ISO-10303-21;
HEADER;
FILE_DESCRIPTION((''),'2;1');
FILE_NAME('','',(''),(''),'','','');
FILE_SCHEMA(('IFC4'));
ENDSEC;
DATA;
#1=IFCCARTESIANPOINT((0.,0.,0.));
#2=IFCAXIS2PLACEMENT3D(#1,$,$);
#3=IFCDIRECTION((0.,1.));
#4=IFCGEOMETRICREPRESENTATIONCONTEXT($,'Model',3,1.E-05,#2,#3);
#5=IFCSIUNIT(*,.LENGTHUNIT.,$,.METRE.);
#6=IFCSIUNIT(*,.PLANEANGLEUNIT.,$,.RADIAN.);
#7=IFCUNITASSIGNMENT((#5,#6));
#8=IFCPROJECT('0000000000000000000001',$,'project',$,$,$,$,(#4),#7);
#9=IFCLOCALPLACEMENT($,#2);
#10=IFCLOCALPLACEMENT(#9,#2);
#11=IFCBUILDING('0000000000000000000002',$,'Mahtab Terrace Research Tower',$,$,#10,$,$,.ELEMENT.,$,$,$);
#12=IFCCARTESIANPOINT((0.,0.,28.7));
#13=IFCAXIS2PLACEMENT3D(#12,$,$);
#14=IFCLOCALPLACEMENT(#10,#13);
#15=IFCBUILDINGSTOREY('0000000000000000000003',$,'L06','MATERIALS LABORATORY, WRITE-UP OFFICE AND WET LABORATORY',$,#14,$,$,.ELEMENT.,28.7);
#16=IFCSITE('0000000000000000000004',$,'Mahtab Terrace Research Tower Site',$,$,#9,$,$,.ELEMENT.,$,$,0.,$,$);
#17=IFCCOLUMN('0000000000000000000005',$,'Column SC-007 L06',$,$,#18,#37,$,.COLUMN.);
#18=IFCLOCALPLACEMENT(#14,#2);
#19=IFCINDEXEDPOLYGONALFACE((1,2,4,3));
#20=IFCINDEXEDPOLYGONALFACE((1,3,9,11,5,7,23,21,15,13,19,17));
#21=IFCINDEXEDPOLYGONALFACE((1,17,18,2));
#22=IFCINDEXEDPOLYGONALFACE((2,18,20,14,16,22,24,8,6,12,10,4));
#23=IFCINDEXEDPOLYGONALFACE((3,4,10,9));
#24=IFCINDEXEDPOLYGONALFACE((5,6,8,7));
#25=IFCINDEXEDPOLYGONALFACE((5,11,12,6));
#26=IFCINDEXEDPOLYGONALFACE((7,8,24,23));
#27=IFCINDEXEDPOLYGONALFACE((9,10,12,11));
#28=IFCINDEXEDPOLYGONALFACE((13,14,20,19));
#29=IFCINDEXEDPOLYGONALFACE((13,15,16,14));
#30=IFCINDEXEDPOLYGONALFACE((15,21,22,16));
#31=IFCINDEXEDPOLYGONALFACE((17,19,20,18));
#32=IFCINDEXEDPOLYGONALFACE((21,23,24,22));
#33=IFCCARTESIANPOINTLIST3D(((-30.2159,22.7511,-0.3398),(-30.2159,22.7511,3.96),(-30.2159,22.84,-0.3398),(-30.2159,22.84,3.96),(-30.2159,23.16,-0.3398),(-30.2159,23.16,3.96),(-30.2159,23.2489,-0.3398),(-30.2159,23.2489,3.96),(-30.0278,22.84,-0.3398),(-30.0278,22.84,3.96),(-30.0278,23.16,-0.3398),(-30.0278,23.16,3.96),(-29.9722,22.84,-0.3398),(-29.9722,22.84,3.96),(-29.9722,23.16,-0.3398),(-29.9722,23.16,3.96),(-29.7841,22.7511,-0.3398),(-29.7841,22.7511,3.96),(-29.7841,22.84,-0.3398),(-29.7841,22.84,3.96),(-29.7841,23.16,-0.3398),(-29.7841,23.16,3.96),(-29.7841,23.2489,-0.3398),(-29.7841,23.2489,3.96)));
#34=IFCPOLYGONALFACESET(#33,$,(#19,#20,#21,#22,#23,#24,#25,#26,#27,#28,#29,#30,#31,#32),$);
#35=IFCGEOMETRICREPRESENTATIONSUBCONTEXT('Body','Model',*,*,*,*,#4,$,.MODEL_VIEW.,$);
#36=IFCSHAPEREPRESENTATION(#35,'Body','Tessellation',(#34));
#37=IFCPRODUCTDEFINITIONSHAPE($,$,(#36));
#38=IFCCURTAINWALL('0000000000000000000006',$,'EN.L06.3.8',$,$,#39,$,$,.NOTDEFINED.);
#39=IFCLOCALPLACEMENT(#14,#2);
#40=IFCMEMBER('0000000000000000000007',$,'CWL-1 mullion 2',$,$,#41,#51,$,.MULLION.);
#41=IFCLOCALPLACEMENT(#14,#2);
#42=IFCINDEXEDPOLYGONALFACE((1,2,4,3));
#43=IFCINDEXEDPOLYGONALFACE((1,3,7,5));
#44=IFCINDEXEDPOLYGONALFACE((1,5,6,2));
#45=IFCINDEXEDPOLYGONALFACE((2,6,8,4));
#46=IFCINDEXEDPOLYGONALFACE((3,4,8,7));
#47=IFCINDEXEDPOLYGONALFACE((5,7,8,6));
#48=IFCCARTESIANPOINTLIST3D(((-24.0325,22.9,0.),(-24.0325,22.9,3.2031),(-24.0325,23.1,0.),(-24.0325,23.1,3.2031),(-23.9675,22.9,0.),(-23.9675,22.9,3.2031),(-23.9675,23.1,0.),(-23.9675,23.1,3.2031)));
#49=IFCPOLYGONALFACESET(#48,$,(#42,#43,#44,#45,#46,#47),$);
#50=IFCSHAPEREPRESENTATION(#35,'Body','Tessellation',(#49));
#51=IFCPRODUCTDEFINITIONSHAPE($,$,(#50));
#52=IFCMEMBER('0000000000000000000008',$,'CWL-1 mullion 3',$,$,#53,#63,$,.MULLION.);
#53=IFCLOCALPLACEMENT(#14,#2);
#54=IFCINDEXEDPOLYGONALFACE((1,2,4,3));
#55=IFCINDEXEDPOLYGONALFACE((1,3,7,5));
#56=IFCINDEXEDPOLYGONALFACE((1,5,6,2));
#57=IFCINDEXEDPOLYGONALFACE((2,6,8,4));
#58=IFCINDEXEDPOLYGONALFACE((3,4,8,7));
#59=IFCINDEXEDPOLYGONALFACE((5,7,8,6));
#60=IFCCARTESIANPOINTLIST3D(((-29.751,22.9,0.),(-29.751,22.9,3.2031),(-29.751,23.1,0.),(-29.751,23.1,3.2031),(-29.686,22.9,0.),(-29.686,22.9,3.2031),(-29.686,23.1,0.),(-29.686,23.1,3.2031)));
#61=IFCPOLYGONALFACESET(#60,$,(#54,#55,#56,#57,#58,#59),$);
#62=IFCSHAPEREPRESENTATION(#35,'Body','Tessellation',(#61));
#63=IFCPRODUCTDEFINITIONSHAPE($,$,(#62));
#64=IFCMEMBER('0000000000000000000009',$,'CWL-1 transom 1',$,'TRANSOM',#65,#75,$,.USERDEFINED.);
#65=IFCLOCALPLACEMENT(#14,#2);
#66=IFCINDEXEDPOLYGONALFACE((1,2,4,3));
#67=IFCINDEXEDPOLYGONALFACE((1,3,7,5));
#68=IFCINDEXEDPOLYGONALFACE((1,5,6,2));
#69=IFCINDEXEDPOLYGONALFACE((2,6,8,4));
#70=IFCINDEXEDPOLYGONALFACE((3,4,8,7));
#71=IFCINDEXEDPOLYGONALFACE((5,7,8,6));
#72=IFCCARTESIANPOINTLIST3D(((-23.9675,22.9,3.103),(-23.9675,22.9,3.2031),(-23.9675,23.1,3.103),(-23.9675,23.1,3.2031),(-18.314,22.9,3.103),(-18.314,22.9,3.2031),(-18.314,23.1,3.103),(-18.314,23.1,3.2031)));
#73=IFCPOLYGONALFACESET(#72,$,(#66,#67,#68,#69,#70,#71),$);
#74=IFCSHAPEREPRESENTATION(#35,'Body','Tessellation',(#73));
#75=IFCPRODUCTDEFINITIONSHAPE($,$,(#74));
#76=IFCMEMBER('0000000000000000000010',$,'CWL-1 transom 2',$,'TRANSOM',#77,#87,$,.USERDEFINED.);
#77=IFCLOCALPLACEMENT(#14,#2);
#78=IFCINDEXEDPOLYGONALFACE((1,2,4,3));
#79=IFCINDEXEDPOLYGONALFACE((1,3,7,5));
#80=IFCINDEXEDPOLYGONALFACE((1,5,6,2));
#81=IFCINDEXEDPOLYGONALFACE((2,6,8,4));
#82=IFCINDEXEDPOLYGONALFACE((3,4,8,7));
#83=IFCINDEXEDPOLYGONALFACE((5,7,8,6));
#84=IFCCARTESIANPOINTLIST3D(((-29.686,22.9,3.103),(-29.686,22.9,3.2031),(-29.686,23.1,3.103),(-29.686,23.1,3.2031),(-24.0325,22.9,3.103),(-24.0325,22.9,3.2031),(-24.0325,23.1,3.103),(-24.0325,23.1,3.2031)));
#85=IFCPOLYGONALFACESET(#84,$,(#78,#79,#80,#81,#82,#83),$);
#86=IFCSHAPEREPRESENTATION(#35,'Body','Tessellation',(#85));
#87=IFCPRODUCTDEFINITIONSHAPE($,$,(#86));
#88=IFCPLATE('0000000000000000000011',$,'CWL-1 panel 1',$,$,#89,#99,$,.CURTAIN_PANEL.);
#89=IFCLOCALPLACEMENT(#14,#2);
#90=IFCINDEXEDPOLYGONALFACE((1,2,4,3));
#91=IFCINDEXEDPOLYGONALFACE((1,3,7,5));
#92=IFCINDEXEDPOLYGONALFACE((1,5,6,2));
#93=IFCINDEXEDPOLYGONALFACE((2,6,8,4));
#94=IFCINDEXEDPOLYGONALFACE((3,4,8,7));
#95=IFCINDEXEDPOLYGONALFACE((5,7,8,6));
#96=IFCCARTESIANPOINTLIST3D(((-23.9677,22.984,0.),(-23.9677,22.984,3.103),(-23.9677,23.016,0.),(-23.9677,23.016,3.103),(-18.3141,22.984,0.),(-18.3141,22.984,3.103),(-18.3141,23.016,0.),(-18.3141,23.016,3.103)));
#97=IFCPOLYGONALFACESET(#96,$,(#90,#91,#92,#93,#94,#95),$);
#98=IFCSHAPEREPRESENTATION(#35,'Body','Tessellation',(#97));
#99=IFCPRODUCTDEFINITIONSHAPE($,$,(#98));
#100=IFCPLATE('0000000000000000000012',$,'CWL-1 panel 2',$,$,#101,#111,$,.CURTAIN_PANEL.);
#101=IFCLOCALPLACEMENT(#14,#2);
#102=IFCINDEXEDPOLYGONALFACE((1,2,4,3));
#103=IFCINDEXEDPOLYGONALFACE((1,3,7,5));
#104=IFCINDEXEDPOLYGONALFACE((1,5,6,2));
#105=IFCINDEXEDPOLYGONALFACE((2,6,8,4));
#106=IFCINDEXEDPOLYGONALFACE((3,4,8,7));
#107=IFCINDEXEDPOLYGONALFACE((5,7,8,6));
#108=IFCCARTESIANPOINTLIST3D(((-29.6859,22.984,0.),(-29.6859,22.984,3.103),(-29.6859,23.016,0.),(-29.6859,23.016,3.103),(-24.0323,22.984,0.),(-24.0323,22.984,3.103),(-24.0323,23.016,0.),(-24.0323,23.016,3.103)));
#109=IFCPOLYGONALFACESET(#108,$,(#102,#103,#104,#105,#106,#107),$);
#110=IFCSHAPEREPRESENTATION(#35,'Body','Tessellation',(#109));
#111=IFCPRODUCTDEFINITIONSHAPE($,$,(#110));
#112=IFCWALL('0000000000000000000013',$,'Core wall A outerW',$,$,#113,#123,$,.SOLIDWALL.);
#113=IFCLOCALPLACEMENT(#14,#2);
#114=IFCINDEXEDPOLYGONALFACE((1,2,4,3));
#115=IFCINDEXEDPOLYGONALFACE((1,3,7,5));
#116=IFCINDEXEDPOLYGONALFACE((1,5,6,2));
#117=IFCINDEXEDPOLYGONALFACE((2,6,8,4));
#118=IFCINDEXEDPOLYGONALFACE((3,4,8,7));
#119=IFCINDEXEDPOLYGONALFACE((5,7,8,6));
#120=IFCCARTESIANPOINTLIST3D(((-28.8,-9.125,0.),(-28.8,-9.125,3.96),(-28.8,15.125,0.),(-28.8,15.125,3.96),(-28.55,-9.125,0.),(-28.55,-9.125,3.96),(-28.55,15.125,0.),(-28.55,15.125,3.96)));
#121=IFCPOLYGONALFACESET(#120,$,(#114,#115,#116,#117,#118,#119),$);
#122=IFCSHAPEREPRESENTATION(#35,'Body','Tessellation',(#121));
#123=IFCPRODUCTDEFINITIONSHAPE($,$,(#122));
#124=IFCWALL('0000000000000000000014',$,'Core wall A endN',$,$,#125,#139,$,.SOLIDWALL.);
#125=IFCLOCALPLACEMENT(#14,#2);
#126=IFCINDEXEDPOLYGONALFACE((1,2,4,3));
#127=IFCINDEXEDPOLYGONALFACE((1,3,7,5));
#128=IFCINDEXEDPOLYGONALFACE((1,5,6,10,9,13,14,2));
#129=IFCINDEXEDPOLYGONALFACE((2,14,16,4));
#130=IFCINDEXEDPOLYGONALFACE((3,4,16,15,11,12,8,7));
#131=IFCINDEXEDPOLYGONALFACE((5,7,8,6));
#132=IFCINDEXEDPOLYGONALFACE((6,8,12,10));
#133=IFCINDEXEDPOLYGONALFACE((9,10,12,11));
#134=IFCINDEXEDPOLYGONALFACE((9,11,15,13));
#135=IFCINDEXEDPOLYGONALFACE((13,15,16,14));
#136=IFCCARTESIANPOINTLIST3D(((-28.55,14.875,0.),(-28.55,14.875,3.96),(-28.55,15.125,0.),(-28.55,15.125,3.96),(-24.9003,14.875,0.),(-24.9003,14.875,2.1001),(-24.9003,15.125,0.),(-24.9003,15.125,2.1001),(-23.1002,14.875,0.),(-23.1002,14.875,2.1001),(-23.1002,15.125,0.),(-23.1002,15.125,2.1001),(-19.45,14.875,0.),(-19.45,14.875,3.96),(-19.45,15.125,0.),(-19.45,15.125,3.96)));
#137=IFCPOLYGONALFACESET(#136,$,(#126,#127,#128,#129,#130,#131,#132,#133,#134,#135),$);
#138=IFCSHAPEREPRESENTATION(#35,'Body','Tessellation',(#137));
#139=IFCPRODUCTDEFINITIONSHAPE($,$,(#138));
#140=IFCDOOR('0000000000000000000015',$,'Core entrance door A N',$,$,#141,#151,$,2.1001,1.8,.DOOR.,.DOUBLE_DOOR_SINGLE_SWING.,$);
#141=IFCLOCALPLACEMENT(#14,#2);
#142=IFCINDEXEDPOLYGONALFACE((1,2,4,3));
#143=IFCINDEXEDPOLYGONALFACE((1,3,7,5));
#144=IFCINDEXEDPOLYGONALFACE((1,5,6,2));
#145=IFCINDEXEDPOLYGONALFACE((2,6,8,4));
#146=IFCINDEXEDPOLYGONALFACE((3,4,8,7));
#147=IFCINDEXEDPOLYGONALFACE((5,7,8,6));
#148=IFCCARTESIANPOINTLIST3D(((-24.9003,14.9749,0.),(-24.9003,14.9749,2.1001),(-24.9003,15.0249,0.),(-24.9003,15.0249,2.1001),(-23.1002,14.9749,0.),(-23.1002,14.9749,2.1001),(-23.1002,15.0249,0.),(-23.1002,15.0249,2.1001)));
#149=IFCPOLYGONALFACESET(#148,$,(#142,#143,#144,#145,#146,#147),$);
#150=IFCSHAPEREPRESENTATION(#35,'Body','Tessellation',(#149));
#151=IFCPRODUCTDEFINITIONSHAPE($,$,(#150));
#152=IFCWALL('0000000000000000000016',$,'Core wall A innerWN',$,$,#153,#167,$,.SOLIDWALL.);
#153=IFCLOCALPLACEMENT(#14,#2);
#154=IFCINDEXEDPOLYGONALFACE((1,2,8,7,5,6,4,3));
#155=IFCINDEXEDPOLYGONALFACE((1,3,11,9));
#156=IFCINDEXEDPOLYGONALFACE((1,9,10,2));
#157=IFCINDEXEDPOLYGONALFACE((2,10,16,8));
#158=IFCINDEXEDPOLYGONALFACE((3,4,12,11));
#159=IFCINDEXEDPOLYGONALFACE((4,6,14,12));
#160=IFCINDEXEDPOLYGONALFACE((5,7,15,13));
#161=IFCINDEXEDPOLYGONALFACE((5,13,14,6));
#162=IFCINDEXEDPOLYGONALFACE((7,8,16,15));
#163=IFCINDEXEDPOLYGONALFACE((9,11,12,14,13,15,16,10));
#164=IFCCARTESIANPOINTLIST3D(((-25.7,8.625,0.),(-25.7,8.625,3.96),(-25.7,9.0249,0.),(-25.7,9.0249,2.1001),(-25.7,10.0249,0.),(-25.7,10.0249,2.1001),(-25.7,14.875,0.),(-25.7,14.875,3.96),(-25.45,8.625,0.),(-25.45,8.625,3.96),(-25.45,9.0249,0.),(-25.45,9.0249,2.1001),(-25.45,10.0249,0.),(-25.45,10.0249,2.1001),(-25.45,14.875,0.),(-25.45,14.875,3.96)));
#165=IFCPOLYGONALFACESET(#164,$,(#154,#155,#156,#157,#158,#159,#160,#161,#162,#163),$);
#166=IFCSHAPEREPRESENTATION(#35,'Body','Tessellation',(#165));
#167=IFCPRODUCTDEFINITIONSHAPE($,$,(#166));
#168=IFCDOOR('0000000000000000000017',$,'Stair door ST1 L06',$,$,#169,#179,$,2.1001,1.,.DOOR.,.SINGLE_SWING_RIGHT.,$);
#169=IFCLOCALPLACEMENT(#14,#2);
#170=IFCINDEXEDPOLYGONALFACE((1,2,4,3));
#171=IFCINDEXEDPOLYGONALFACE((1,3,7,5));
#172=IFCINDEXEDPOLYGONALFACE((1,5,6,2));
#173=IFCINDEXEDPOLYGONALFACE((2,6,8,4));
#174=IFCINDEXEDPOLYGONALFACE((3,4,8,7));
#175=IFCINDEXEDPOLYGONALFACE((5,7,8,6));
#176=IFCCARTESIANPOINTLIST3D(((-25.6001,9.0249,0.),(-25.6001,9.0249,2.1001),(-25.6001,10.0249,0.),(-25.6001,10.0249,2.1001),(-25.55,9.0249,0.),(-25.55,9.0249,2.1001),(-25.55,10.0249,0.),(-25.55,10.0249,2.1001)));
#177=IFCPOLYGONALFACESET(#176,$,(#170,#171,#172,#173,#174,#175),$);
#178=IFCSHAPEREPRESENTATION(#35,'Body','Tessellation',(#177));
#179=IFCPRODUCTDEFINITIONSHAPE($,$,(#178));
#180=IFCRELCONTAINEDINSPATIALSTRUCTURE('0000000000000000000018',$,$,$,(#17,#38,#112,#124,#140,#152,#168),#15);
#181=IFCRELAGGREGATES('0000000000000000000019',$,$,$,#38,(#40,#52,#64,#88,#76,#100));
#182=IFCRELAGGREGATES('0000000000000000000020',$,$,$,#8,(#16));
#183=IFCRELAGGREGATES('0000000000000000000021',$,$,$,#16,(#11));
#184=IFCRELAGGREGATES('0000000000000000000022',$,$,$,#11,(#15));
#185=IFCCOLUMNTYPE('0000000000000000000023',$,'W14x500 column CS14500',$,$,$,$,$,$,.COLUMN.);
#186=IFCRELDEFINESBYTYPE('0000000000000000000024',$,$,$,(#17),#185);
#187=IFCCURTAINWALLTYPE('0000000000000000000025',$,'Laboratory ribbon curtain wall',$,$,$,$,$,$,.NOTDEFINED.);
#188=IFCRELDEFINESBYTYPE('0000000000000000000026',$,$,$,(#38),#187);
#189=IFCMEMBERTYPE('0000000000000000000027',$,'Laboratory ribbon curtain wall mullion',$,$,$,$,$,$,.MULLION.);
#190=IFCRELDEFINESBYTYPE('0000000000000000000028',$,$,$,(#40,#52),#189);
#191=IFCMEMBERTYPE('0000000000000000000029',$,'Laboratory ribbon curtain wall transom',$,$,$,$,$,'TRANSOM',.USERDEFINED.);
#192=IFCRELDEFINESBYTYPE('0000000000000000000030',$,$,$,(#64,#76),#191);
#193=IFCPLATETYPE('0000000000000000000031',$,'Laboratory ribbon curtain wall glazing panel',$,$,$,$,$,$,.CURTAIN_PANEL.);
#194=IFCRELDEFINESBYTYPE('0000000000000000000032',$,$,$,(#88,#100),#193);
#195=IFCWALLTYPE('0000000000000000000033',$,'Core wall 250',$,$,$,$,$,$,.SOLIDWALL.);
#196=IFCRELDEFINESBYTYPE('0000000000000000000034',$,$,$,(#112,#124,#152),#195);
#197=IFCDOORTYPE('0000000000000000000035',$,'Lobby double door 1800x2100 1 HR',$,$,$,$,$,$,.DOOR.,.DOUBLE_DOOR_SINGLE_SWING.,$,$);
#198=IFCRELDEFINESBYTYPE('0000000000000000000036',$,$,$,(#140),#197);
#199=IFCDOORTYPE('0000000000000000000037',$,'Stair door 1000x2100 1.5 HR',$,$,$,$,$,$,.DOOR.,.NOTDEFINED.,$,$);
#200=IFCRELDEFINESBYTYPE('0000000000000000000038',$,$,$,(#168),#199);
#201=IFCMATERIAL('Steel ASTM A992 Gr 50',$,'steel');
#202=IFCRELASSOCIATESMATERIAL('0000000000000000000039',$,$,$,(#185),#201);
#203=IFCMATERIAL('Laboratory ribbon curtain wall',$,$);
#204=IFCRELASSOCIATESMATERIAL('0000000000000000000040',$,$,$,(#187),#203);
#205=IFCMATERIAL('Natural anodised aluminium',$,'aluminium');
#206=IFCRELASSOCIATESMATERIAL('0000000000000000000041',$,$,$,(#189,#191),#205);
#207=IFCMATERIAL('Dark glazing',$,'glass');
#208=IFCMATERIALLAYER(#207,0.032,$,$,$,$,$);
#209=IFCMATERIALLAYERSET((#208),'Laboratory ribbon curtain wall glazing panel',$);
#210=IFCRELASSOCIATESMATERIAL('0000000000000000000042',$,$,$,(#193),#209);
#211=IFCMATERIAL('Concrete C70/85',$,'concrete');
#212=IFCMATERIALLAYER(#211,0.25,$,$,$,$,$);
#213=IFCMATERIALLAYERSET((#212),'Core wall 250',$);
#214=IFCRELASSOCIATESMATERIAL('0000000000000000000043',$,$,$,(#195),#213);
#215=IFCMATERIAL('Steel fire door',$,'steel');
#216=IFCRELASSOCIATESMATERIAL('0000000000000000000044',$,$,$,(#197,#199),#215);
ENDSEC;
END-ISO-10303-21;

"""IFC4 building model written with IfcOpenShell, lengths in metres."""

from ifc_helpers import new_model, si_unit, direction, frame, frame_2d, origin, origin_2d, place, context, subcontext, project, spatial, rectangle, i_section, extrude, material, layer, layer_set, material_profile, profile_set, type_object, element, fill, aggregate, save


model = new_model("IFC4")

# Units and contexts
model_context = context("Model", 3, precision=1e-05, world=origin(), true_north=direction((0.0, 1.0)))
body_context = subcontext(model_context, "Body", "Model", "MODEL_VIEW")
ifc_project = project(units=[si_unit("LENGTHUNIT", "METRE"), si_unit("PLANEANGLEUNIT", "RADIAN")], contexts=[model_context])

# Site, building, storey
site_placement = place(None, origin())
site = spatial("IfcSite", under=ifc_project, at=site_placement, Name="Mahtab Terrace Research Tower Site", CompositionType="ELEMENT", RefElevation=0.0)
building_placement = place(site_placement, origin())
building = spatial("IfcBuilding", under=site, at=building_placement, Name="Mahtab Terrace Research Tower", CompositionType="ELEMENT")
storey_placement = place(building_placement, frame((0.0, 0.0, 28.7)))
storey = spatial("IfcBuildingStorey", under=building, at=storey_placement, Name="L06", Description="MATERIALS LABORATORY, WRITE-UP OFFICE AND WET LABORATORY", CompositionType="ELEMENT", Elevation=28.7)

# Column
ifc_material_1 = material(Name="Steel ASTM A992 Gr 50", Category="steel")
ifc_material_profile_1 = material_profile(ifc_material_1, i_section(OverallWidth=0.4319, OverallDepth=0.4978, WebThickness=0.0557, FlangeThickness=0.0889, at=origin_2d()), Name="W14X500")
ifc_profile_set_1 = profile_set([ifc_material_profile_1], Name="Steel ASTM A992 Gr 50")
column_type = type_object("IfcColumnType", Name="W14x500 column CS14500", PredefinedType="COLUMN", material=ifc_profile_set_1)
column_placement = place(storey_placement, frame((-30.0, 23.0, -0.3398), z_axis=(0.0, 0.0, 1.0), x_axis=(1.0, 0.0, 0.0)))
element("IfcColumn", 1, at=column_placement, inside=storey, type_object=column_type, Name="Column SC-007 L06", PredefinedType="COLUMN", context=body_context, shape_type="SweptSolid", body=[
    extrude(i_section(OverallWidth=0.4319, OverallDepth=0.4978, WebThickness=0.0557, FlangeThickness=0.0889, at=origin_2d()), origin(), (0.0, 0.0, 1.0), 4.2998),
])

# Curtain wall, members, plates
ifc_material_2 = material(Name="Laboratory ribbon curtain wall")
curtain_wall_type = type_object("IfcCurtainWallType", Name="Laboratory ribbon curtain wall", PredefinedType="NOTDEFINED", material=ifc_material_2)
curtain_wall_placement = place(storey_placement, origin())
curtain_wall = element("IfcCurtainWall", 2, at=curtain_wall_placement, inside=storey, type_object=curtain_wall_type, Name="EN.L06.3.8", PredefinedType="NOTDEFINED")
ifc_material_3 = material(Name="Natural anodised aluminium", Category="aluminium")
ifc_material_profile_2 = material_profile(ifc_material_3, rectangle(XDim=0.2, YDim=0.0649, at=origin_2d()), Name="MULLION 65x200")
ifc_profile_set_2 = profile_set([ifc_material_profile_2], Name="Natural anodised aluminium")
member_type_1 = type_object("IfcMemberType", Name="Laboratory ribbon curtain wall mullion", PredefinedType="MULLION", material=ifc_profile_set_2)
member_1_placement = place(storey_placement, frame((-24.0, 23.0, 0.0), z_axis=(0.0, 0.0, 1.0), x_axis=(0.0, -1.0, 0.0)))
member_1 = element("IfcMember", 3, at=member_1_placement, type_object=member_type_1, Name="CWL-1 mullion 2", PredefinedType="MULLION", context=body_context, shape_type="SweptSolid", body=[
    extrude(rectangle(XDim=0.2, YDim=0.0649, at=origin_2d()), origin(), (0.0, 0.0, 1.0), 3.2031),
])
member_2_placement = place(storey_placement, frame((-29.7185, 23.0, 0.0), z_axis=(0.0, 0.0, 1.0), x_axis=(0.0, -1.0, 0.0)))
member_2 = element("IfcMember", 4, at=member_2_placement, type_object=member_type_1, Name="CWL-1 mullion 3", PredefinedType="MULLION", context=body_context, shape_type="SweptSolid", body=[
    extrude(rectangle(XDim=0.2, YDim=0.0649, at=origin_2d()), origin(), (0.0, 0.0, 1.0), 3.2031),
])
ifc_material_profile_3 = material_profile(ifc_material_3, rectangle(XDim=0.2, YDim=0.1001, at=origin_2d()), Name="TRANSOM 100x200")
ifc_profile_set_3 = profile_set([ifc_material_profile_3], Name="Natural anodised aluminium")
member_type_2 = type_object("IfcMemberType", Name="Laboratory ribbon curtain wall transom", ElementType="TRANSOM", PredefinedType="USERDEFINED", material=ifc_profile_set_3)
member_3_placement = place(storey_placement, frame((-18.314, 23.0, 3.1531), z_axis=(-1.0, 0.0, 0.0), x_axis=(0.0, -1.0, 0.0)))
member_3 = element("IfcMember", 5, at=member_3_placement, type_object=member_type_2, Name="CWL-1 transom 1", ObjectType="TRANSOM", PredefinedType="USERDEFINED", context=body_context, shape_type="SweptSolid", body=[
    extrude(rectangle(XDim=0.2, YDim=0.1001, at=origin_2d()), origin(), (0.0, 0.0, 1.0), 5.6536),
])
member_4_placement = place(storey_placement, frame((-24.0325, 23.0, 3.1531), z_axis=(-1.0, 0.0, 0.0), x_axis=(0.0, -1.0, 0.0)))
member_4 = element("IfcMember", 6, at=member_4_placement, type_object=member_type_2, Name="CWL-1 transom 2", ObjectType="TRANSOM", PredefinedType="USERDEFINED", context=body_context, shape_type="SweptSolid", body=[
    extrude(rectangle(XDim=0.2, YDim=0.1001, at=origin_2d()), origin(), (0.0, 0.0, 1.0), 5.6536),
])
ifc_material_4 = material(Name="Dark glazing", Category="glass")
ifc_layer_1 = layer(ifc_material_4, 0.032)
ifc_layer_set_1 = layer_set([ifc_layer_1], Name="Laboratory ribbon curtain wall glazing panel")
plate_type = type_object("IfcPlateType", Name="Laboratory ribbon curtain wall glazing panel", PredefinedType="CURTAIN_PANEL", material=ifc_layer_set_1)
plate_1_placement = place(storey_placement, frame((-21.1409, 23.0, 0.0), z_axis=(0.0, 0.0, 1.0), x_axis=(-1.0, 0.0, 0.0)))
plate_1 = element("IfcPlate", 7, at=plate_1_placement, type_object=plate_type, Name="CWL-1 panel 1", PredefinedType="CURTAIN_PANEL", context=body_context, shape_type="SweptSolid", body=[
    extrude(rectangle(XDim=5.6536, YDim=0.032, at=origin_2d()), origin(), (0.0, 0.0, 1.0), 3.103),
])
plate_2_placement = place(storey_placement, frame((-26.8591, 23.0, 0.0), z_axis=(0.0, 0.0, 1.0), x_axis=(-1.0, 0.0, 0.0)))
plate_2 = element("IfcPlate", 8, at=plate_2_placement, type_object=plate_type, Name="CWL-1 panel 2", PredefinedType="CURTAIN_PANEL", context=body_context, shape_type="SweptSolid", body=[
    extrude(rectangle(XDim=5.6536, YDim=0.032, at=origin_2d()), origin(), (0.0, 0.0, 1.0), 3.103),
])
aggregate(curtain_wall, [member_1, member_2, member_3, plate_1, member_4, plate_2])

# Wall
ifc_material_5 = material(Name="Concrete C70/85", Category="concrete")
ifc_layer_2 = layer(ifc_material_5, 0.25)
ifc_layer_set_2 = layer_set([ifc_layer_2], Name="Core wall 250")
wall_type_1 = type_object("IfcWallType", Name="Core wall 250", PredefinedType="SOLIDWALL", material=ifc_layer_set_2)
wall_1_placement = place(storey_placement, frame((-28.675, 15.125, 0.0), z_axis=(0.0, 0.0, 1.0), x_axis=(0.0, -1.0, 0.0)))
element("IfcWall", 9, at=wall_1_placement, inside=storey, type_object=wall_type_1, Name="Core wall A outerW", PredefinedType="SOLIDWALL", context=body_context, shape_type="SweptSolid", body=[
    extrude(rectangle(XDim=24.25, YDim=0.25, at=frame_2d((12.125, 0.0))), origin(), (0.0, 0.0, 1.0), 3.96),
])

# Walls, openings, doors
wall_2_placement = place(storey_placement, frame((-28.55, 15.0, 0.0), z_axis=(0.0, 0.0, 1.0), x_axis=(1.0, 0.0, 0.0)))
wall_2 = element("IfcWall", 10, at=wall_2_placement, inside=storey, type_object=wall_type_1, Name="Core wall A endN", PredefinedType="SOLIDWALL", context=body_context, shape_type="SweptSolid", body=[
    extrude(rectangle(XDim=9.1001, YDim=0.25, at=frame_2d((4.55, 0.0))), origin(), (0.0, 0.0, 1.0), 3.96),
])
opening_1_placement = place(wall_2_placement, frame((3.6499, 0.0, 0.0)))
opening_1 = element("IfcOpeningElement", 11, at=opening_1_placement, cuts=wall_2, PredefinedType="OPENING", context=body_context, shape_type="SweptSolid", body=[
    extrude(rectangle(XDim=1.8, YDim=2.1001, at=frame_2d((0.8999, 1.05))), frame((0.0, 0.135, 0.0), z_axis=(0.0, -1.0, 0.0), x_axis=(1.0, 0.0, 0.0)), (0.0, 0.0, 1.0), 0.27),
])
ifc_material_6 = material(Name="Steel fire door", Category="steel")
door_type_1 = type_object("IfcDoorType", Name="Lobby double door 1800x2100 1 HR", OperationType="DOUBLE_DOOR_SINGLE_SWING", PredefinedType="DOOR", material=ifc_material_6)
door_1_placement = place(opening_1_placement, origin())
door_1 = element("IfcDoor", 12, at=door_1_placement, inside=storey, type_object=door_type_1, Name="Core entrance door A N", OperationType="DOUBLE_DOOR_SINGLE_SWING", OverallHeight=2.1001, OverallWidth=1.8, PredefinedType="DOOR", context=body_context, shape_type="SweptSolid", body=[
    extrude(rectangle(XDim=1.8, YDim=2.1001, at=frame_2d((0.8999, 1.05))), frame((0.0, 0.0249, 0.0), z_axis=(0.0, -1.0, 0.0), x_axis=(1.0, 0.0, 0.0)), (0.0, 0.0, 1.0), 0.05),
])
fill(opening_1, door_1)
wall_3_placement = place(storey_placement, frame((-25.575, 14.875, 0.0), z_axis=(0.0, 0.0, 1.0), x_axis=(0.0, -1.0, 0.0)))
wall_3 = element("IfcWall", 13, at=wall_3_placement, inside=storey, type_object=wall_type_1, Name="Core wall A innerWN", PredefinedType="SOLIDWALL", context=body_context, shape_type="SweptSolid", body=[
    extrude(rectangle(XDim=6.25, YDim=0.25, at=frame_2d((3.125, 0.0))), origin(), (0.0, 0.0, 1.0), 3.96),
])
opening_2_placement = place(wall_3_placement, frame((4.8501, 0.0, 0.0)))
opening_2 = element("IfcOpeningElement", 14, at=opening_2_placement, cuts=wall_3, PredefinedType="OPENING", context=body_context, shape_type="SweptSolid", body=[
    extrude(rectangle(XDim=1.0, YDim=2.1001, at=frame_2d((0.5, 1.05))), frame((0.0, 0.135, 0.0), z_axis=(0.0, -1.0, 0.0), x_axis=(1.0, 0.0, 0.0)), (0.0, 0.0, 1.0), 0.27),
])
door_type_2 = type_object("IfcDoorType", Name="Stair door 1000x2100 1.5 HR", OperationType="NOTDEFINED", PredefinedType="DOOR", material=ifc_material_6)
door_2_placement = place(opening_2_placement, origin())
door_2 = element("IfcDoor", 15, at=door_2_placement, inside=storey, type_object=door_type_2, Name="Stair door ST1 L06", OperationType="SINGLE_SWING_RIGHT", OverallHeight=2.1001, OverallWidth=1.0, PredefinedType="DOOR", context=body_context, shape_type="SweptSolid", body=[
    extrude(rectangle(XDim=1.0, YDim=2.1001, at=frame_2d((0.5, 1.05))), frame((0.0, 0.0249, 0.0), z_axis=(0.0, -1.0, 0.0), x_axis=(1.0, 0.0, 0.0)), (0.0, 0.0, 1.0), 0.05),
])
fill(opening_2, door_2)

save(model, "model.ifc")
